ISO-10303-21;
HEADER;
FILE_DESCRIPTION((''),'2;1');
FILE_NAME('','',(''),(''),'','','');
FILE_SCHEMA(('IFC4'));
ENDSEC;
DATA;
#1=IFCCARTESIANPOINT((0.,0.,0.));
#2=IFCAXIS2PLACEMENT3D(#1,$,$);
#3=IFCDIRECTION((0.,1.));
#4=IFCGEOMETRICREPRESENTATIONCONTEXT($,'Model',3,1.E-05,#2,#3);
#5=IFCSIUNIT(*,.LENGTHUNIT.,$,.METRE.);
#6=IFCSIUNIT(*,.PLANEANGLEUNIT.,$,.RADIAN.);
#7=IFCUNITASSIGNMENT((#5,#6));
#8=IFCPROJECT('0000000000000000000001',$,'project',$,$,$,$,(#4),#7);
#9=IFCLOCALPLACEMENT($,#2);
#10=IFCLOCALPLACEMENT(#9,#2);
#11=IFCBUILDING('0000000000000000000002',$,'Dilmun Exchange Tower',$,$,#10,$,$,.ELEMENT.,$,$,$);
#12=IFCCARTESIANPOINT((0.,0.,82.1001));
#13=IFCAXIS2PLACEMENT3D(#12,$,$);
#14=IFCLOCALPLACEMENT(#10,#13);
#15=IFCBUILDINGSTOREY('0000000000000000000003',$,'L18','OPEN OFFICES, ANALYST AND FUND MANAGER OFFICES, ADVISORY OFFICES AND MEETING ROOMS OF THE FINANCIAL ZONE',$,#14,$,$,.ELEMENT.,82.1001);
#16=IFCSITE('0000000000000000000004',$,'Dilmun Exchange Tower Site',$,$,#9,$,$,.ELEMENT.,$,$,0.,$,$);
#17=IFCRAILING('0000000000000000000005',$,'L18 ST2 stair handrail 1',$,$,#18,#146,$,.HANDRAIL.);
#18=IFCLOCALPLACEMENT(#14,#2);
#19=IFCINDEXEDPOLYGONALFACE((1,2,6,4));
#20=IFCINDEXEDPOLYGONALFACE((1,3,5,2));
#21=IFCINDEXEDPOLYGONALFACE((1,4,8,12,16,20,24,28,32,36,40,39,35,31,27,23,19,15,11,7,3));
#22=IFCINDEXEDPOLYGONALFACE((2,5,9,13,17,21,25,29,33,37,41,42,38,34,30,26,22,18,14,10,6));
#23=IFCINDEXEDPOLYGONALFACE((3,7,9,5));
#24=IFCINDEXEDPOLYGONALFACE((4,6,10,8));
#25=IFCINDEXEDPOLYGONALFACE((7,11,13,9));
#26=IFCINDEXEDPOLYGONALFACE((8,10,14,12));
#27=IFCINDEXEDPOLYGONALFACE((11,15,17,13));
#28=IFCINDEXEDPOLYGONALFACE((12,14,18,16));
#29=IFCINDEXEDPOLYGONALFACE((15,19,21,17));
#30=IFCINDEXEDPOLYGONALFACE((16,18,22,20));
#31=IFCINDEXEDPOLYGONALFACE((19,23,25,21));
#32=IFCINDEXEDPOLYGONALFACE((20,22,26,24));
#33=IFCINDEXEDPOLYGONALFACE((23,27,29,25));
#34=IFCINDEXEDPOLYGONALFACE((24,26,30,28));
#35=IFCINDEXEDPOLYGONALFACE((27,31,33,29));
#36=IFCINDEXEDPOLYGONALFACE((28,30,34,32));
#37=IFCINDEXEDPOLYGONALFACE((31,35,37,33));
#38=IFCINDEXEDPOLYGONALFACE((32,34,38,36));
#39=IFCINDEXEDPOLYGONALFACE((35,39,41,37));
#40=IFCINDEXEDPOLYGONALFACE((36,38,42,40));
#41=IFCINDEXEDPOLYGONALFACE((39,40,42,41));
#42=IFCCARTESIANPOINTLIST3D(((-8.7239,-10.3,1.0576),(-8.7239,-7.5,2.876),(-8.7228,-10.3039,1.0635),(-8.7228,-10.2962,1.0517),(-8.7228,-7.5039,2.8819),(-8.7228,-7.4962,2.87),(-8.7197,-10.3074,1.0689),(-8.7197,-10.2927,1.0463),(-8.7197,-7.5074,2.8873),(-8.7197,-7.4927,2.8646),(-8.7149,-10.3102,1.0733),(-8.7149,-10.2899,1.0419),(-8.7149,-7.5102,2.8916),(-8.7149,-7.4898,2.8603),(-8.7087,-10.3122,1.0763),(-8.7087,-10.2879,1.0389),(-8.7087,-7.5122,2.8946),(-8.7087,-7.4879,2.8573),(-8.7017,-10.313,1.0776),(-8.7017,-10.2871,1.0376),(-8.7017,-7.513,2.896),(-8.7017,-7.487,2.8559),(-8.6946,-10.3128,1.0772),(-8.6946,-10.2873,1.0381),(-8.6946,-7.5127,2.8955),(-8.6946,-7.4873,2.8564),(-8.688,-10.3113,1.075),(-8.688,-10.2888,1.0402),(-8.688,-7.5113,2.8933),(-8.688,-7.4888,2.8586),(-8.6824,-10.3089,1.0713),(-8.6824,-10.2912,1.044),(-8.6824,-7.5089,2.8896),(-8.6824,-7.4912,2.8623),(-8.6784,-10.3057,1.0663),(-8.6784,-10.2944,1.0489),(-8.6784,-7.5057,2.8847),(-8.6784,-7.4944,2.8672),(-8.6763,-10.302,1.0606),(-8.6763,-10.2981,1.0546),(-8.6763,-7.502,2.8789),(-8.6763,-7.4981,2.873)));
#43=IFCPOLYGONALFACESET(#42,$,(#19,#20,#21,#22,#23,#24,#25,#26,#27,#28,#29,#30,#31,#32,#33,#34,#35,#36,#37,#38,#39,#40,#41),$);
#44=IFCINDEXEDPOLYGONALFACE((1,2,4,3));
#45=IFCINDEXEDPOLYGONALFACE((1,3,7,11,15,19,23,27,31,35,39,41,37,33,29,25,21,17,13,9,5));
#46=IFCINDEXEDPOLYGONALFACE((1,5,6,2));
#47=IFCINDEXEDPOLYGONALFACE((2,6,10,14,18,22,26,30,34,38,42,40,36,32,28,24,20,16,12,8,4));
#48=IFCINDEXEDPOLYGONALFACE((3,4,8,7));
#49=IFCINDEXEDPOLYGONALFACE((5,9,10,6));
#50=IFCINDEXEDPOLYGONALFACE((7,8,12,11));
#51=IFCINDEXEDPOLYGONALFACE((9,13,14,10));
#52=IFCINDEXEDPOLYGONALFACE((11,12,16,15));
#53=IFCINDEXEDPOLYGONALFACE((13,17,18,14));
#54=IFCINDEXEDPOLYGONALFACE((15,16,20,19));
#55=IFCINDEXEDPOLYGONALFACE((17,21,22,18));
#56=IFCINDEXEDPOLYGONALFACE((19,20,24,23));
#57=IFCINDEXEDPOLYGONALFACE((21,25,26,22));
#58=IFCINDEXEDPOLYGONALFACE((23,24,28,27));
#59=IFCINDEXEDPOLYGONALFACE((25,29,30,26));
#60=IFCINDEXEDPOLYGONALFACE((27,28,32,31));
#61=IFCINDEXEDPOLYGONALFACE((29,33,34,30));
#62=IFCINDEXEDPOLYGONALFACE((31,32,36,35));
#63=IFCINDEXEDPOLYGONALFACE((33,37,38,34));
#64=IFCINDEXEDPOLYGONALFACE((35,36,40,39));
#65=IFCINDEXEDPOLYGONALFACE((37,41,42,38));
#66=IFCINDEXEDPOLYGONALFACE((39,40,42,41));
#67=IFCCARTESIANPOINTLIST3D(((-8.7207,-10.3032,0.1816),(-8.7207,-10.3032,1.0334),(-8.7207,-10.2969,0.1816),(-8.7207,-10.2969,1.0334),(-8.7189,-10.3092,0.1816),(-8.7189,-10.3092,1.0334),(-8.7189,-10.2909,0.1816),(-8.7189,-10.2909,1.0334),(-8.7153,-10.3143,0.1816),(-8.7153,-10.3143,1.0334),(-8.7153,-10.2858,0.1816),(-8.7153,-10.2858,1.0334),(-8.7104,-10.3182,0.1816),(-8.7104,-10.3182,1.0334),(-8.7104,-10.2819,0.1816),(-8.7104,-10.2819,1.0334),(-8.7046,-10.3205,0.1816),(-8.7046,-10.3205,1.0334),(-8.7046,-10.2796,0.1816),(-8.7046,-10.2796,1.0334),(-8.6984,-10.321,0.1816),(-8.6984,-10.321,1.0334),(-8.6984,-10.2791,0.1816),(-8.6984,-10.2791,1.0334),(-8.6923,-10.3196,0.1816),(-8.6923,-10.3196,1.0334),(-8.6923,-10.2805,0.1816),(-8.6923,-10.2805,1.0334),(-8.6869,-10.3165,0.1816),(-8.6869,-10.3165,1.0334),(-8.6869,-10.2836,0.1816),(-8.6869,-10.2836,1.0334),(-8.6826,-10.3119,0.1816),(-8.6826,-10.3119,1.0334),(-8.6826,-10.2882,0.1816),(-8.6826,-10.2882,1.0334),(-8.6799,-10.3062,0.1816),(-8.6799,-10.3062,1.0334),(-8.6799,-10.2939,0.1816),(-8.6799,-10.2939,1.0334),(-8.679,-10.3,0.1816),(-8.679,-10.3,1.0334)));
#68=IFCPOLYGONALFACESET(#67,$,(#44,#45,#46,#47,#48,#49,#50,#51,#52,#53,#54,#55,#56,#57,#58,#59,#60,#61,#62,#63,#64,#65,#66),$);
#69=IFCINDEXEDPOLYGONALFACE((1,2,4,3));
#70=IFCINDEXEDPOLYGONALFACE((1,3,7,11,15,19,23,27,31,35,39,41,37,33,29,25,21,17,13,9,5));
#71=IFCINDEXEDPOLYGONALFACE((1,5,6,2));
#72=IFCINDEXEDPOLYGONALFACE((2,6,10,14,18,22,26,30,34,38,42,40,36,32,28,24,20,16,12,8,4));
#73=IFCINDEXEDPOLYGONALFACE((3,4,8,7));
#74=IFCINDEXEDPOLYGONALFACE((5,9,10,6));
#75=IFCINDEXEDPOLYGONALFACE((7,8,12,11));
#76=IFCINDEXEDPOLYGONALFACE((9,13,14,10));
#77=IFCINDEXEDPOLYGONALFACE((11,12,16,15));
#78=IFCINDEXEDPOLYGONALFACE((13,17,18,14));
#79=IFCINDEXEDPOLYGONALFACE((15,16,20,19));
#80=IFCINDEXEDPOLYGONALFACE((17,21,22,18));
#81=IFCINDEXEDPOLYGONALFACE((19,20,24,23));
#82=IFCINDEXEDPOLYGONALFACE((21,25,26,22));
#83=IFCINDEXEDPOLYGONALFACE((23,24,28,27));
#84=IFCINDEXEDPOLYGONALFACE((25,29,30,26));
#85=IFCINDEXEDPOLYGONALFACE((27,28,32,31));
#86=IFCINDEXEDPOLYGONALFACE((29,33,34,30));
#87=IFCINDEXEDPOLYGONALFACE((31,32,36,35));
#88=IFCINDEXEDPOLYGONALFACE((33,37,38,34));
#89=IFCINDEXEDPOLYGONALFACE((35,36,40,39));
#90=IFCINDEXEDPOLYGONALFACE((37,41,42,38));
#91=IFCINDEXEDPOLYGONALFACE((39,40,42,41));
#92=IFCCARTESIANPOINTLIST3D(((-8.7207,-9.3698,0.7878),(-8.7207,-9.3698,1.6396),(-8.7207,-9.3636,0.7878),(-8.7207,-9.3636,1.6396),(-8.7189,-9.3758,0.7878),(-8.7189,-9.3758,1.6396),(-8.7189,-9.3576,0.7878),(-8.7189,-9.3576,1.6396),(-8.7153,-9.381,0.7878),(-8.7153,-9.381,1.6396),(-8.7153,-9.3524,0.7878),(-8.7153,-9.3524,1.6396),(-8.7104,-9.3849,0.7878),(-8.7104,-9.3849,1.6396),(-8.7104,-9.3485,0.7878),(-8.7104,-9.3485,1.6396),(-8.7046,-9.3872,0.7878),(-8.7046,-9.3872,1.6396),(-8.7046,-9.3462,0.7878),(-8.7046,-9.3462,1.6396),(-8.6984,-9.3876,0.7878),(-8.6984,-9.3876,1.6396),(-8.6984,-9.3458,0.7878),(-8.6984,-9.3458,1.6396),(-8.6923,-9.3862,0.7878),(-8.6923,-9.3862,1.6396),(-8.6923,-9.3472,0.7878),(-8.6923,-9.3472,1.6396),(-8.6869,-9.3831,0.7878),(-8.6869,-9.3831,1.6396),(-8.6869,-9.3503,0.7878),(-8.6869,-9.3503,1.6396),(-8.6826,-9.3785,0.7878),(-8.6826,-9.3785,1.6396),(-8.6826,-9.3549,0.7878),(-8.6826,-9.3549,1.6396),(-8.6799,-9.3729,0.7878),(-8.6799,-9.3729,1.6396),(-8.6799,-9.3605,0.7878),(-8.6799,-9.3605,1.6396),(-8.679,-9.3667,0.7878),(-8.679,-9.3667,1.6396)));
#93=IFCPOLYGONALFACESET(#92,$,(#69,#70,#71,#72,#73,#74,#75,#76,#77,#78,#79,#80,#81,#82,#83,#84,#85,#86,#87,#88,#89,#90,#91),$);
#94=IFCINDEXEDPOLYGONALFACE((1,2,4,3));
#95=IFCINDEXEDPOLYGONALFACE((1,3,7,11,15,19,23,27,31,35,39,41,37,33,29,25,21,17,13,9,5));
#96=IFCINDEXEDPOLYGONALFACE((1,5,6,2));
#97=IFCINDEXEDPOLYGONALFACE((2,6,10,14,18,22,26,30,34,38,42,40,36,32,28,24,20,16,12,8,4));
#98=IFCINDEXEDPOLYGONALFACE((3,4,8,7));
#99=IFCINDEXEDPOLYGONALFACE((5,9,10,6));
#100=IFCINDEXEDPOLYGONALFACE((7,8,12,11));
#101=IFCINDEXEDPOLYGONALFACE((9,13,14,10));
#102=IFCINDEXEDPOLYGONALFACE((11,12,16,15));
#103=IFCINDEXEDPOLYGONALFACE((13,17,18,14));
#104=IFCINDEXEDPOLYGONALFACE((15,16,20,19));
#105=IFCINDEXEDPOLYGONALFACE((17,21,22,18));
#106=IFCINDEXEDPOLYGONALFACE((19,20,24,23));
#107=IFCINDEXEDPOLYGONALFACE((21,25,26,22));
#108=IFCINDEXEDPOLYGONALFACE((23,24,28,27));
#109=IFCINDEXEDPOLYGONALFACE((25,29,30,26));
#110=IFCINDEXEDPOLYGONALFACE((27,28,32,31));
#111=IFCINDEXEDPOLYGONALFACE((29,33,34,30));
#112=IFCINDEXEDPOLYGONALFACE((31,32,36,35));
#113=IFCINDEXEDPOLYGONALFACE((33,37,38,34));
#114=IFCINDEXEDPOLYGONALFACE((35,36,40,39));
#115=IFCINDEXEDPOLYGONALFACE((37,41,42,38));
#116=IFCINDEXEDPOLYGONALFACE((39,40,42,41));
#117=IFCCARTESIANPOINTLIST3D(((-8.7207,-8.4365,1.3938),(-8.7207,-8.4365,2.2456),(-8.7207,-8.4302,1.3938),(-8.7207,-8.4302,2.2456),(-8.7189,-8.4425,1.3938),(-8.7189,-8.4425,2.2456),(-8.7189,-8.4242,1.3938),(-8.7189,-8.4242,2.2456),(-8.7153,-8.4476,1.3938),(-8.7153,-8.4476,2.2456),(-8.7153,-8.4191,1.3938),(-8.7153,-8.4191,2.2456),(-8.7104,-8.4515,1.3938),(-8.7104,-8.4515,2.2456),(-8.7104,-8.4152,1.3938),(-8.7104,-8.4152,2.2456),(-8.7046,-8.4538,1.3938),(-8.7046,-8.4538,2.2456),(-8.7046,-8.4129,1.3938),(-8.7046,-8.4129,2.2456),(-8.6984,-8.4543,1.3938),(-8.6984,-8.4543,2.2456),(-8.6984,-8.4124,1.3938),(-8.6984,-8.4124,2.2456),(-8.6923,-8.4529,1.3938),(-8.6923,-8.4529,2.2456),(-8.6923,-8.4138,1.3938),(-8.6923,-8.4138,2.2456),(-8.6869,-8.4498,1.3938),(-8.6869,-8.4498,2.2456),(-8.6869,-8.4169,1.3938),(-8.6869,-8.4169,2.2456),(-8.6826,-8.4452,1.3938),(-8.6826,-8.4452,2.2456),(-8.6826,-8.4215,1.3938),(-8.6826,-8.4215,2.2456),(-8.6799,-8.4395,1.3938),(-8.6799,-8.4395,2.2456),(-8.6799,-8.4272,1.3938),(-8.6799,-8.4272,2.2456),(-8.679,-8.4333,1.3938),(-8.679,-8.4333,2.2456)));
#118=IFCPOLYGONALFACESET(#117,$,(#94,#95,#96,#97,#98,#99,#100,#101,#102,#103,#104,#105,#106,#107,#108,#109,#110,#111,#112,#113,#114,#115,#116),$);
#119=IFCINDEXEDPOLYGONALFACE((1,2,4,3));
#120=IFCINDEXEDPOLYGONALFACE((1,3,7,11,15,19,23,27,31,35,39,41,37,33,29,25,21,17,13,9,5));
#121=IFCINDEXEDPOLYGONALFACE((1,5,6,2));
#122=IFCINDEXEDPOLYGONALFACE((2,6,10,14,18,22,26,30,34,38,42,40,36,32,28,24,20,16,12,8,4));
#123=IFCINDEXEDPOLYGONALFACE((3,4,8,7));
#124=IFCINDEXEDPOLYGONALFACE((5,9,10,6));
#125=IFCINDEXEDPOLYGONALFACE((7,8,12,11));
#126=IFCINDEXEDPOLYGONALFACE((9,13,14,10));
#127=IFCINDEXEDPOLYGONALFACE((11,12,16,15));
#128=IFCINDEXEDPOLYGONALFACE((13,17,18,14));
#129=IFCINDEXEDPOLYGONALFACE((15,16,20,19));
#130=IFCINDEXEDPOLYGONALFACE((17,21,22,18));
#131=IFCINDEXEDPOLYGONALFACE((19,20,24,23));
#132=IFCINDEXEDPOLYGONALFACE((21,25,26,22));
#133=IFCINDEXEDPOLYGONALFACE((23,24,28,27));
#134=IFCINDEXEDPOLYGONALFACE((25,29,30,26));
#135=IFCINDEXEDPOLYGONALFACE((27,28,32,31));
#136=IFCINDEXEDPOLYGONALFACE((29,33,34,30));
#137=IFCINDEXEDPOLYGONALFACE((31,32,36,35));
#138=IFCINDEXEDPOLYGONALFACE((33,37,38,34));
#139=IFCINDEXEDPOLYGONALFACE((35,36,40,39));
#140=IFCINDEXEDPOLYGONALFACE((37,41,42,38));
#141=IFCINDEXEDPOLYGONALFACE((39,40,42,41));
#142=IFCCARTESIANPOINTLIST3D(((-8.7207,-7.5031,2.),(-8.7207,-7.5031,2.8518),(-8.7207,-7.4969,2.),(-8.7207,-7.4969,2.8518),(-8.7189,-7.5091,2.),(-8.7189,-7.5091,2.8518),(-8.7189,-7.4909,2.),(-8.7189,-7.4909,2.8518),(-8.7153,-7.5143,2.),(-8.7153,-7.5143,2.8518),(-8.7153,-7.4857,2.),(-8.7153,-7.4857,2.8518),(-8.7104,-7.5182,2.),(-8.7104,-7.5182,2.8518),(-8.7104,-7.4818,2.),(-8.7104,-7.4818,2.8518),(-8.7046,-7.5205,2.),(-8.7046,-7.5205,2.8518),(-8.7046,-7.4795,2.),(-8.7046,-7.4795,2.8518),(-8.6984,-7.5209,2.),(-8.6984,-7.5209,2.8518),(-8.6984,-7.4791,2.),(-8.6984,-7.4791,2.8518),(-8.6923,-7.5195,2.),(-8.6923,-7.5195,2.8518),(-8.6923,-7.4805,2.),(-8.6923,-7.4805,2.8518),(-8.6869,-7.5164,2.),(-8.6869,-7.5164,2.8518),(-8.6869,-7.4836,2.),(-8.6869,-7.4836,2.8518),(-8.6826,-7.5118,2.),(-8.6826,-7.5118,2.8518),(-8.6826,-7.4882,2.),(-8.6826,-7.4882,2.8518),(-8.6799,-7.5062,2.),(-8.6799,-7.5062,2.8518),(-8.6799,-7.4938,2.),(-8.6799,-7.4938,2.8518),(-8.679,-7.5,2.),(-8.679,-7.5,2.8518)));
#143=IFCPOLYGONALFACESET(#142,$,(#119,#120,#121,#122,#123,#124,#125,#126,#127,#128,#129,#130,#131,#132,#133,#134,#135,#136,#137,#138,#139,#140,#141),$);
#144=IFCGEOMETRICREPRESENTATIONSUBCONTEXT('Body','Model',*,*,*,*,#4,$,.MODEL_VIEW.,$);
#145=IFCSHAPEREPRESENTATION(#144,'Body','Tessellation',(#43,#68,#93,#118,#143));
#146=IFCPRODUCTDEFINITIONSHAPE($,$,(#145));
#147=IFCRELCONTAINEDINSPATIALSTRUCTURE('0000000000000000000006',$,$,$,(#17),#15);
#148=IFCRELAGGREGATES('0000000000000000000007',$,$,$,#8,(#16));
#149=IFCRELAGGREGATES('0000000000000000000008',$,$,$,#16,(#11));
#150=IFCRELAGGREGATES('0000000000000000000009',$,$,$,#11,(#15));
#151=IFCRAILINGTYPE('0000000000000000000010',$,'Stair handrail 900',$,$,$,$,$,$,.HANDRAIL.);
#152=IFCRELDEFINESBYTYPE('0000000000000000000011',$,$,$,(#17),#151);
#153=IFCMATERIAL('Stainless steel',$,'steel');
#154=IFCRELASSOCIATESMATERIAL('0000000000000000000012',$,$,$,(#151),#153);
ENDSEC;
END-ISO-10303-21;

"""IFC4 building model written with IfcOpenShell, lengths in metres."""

from ifc_helpers import new_model, si_unit, direction, frame, origin, origin_2d, place, context, subcontext, project, spatial, circle, extrude, material, type_object, element, save


model = new_model("IFC4")

# Units and contexts
model_context = context("Model", 3, precision=1e-05, world=origin(), true_north=direction((0.0, 1.0)))
body_context = subcontext(model_context, "Body", "Model", "MODEL_VIEW")
ifc_project = project(units=[si_unit("LENGTHUNIT", "METRE"), si_unit("PLANEANGLEUNIT", "RADIAN")], contexts=[model_context])

# Site, building, storey
site_placement = place(None, origin())
site = spatial("IfcSite", under=ifc_project, at=site_placement, Name="Dilmun Exchange Tower Site", CompositionType="ELEMENT", RefElevation=0.0)
building_placement = place(site_placement, origin())
building = spatial("IfcBuilding", under=site, at=building_placement, Name="Dilmun Exchange Tower", CompositionType="ELEMENT")
storey_placement = place(building_placement, frame((0.0, 0.0, 82.1001)))
storey = spatial("IfcBuildingStorey", under=building, at=storey_placement, Name="L18", Description="OPEN OFFICES, ANALYST AND FUND MANAGER OFFICES, ADVISORY OFFICES AND MEETING ROOMS OF THE FINANCIAL ZONE", CompositionType="ELEMENT", Elevation=82.1001)

# Railing
ifc_material_1 = material(Name="Stainless steel", Category="steel")
railing_type = type_object("IfcRailingType", Name="Stair handrail 900", PredefinedType="HANDRAIL", material=ifc_material_1)
railing_placement = place(storey_placement, frame((-8.7, -10.3, 0.1816)))
element("IfcRailing", 1, at=railing_placement, inside=storey, type_object=railing_type, Name="L18 ST2 stair handrail 1", PredefinedType="HANDRAIL", context=body_context, shape_type="SweptSolid", body=[
    extrude(circle(Radius=0.0239, at=origin_2d()), frame((0.0, 0.0, 0.876), z_axis=(0.0, 0.838672, 0.544636), x_axis=(-1.0, 0.0, 0.0)), (0.0, 0.0, 1.0), 3.3386),
    extrude(circle(Radius=0.021, at=origin_2d()), origin(), (0.0, 0.0, 1.0), 0.8518),
    extrude(circle(Radius=0.021, at=origin_2d()), frame((0.0, 0.9333, 0.6062)), (0.0, 0.0, 1.0), 0.8518),
    extrude(circle(Radius=0.021, at=origin_2d()), frame((0.0, 1.8667, 1.2122)), (0.0, 0.0, 1.0), 0.8518),
    extrude(circle(Radius=0.021, at=origin_2d()), frame((0.0, 2.8, 1.8184)), (0.0, 0.0, 1.0), 0.8518),
])

save(model, "model.ifc")
